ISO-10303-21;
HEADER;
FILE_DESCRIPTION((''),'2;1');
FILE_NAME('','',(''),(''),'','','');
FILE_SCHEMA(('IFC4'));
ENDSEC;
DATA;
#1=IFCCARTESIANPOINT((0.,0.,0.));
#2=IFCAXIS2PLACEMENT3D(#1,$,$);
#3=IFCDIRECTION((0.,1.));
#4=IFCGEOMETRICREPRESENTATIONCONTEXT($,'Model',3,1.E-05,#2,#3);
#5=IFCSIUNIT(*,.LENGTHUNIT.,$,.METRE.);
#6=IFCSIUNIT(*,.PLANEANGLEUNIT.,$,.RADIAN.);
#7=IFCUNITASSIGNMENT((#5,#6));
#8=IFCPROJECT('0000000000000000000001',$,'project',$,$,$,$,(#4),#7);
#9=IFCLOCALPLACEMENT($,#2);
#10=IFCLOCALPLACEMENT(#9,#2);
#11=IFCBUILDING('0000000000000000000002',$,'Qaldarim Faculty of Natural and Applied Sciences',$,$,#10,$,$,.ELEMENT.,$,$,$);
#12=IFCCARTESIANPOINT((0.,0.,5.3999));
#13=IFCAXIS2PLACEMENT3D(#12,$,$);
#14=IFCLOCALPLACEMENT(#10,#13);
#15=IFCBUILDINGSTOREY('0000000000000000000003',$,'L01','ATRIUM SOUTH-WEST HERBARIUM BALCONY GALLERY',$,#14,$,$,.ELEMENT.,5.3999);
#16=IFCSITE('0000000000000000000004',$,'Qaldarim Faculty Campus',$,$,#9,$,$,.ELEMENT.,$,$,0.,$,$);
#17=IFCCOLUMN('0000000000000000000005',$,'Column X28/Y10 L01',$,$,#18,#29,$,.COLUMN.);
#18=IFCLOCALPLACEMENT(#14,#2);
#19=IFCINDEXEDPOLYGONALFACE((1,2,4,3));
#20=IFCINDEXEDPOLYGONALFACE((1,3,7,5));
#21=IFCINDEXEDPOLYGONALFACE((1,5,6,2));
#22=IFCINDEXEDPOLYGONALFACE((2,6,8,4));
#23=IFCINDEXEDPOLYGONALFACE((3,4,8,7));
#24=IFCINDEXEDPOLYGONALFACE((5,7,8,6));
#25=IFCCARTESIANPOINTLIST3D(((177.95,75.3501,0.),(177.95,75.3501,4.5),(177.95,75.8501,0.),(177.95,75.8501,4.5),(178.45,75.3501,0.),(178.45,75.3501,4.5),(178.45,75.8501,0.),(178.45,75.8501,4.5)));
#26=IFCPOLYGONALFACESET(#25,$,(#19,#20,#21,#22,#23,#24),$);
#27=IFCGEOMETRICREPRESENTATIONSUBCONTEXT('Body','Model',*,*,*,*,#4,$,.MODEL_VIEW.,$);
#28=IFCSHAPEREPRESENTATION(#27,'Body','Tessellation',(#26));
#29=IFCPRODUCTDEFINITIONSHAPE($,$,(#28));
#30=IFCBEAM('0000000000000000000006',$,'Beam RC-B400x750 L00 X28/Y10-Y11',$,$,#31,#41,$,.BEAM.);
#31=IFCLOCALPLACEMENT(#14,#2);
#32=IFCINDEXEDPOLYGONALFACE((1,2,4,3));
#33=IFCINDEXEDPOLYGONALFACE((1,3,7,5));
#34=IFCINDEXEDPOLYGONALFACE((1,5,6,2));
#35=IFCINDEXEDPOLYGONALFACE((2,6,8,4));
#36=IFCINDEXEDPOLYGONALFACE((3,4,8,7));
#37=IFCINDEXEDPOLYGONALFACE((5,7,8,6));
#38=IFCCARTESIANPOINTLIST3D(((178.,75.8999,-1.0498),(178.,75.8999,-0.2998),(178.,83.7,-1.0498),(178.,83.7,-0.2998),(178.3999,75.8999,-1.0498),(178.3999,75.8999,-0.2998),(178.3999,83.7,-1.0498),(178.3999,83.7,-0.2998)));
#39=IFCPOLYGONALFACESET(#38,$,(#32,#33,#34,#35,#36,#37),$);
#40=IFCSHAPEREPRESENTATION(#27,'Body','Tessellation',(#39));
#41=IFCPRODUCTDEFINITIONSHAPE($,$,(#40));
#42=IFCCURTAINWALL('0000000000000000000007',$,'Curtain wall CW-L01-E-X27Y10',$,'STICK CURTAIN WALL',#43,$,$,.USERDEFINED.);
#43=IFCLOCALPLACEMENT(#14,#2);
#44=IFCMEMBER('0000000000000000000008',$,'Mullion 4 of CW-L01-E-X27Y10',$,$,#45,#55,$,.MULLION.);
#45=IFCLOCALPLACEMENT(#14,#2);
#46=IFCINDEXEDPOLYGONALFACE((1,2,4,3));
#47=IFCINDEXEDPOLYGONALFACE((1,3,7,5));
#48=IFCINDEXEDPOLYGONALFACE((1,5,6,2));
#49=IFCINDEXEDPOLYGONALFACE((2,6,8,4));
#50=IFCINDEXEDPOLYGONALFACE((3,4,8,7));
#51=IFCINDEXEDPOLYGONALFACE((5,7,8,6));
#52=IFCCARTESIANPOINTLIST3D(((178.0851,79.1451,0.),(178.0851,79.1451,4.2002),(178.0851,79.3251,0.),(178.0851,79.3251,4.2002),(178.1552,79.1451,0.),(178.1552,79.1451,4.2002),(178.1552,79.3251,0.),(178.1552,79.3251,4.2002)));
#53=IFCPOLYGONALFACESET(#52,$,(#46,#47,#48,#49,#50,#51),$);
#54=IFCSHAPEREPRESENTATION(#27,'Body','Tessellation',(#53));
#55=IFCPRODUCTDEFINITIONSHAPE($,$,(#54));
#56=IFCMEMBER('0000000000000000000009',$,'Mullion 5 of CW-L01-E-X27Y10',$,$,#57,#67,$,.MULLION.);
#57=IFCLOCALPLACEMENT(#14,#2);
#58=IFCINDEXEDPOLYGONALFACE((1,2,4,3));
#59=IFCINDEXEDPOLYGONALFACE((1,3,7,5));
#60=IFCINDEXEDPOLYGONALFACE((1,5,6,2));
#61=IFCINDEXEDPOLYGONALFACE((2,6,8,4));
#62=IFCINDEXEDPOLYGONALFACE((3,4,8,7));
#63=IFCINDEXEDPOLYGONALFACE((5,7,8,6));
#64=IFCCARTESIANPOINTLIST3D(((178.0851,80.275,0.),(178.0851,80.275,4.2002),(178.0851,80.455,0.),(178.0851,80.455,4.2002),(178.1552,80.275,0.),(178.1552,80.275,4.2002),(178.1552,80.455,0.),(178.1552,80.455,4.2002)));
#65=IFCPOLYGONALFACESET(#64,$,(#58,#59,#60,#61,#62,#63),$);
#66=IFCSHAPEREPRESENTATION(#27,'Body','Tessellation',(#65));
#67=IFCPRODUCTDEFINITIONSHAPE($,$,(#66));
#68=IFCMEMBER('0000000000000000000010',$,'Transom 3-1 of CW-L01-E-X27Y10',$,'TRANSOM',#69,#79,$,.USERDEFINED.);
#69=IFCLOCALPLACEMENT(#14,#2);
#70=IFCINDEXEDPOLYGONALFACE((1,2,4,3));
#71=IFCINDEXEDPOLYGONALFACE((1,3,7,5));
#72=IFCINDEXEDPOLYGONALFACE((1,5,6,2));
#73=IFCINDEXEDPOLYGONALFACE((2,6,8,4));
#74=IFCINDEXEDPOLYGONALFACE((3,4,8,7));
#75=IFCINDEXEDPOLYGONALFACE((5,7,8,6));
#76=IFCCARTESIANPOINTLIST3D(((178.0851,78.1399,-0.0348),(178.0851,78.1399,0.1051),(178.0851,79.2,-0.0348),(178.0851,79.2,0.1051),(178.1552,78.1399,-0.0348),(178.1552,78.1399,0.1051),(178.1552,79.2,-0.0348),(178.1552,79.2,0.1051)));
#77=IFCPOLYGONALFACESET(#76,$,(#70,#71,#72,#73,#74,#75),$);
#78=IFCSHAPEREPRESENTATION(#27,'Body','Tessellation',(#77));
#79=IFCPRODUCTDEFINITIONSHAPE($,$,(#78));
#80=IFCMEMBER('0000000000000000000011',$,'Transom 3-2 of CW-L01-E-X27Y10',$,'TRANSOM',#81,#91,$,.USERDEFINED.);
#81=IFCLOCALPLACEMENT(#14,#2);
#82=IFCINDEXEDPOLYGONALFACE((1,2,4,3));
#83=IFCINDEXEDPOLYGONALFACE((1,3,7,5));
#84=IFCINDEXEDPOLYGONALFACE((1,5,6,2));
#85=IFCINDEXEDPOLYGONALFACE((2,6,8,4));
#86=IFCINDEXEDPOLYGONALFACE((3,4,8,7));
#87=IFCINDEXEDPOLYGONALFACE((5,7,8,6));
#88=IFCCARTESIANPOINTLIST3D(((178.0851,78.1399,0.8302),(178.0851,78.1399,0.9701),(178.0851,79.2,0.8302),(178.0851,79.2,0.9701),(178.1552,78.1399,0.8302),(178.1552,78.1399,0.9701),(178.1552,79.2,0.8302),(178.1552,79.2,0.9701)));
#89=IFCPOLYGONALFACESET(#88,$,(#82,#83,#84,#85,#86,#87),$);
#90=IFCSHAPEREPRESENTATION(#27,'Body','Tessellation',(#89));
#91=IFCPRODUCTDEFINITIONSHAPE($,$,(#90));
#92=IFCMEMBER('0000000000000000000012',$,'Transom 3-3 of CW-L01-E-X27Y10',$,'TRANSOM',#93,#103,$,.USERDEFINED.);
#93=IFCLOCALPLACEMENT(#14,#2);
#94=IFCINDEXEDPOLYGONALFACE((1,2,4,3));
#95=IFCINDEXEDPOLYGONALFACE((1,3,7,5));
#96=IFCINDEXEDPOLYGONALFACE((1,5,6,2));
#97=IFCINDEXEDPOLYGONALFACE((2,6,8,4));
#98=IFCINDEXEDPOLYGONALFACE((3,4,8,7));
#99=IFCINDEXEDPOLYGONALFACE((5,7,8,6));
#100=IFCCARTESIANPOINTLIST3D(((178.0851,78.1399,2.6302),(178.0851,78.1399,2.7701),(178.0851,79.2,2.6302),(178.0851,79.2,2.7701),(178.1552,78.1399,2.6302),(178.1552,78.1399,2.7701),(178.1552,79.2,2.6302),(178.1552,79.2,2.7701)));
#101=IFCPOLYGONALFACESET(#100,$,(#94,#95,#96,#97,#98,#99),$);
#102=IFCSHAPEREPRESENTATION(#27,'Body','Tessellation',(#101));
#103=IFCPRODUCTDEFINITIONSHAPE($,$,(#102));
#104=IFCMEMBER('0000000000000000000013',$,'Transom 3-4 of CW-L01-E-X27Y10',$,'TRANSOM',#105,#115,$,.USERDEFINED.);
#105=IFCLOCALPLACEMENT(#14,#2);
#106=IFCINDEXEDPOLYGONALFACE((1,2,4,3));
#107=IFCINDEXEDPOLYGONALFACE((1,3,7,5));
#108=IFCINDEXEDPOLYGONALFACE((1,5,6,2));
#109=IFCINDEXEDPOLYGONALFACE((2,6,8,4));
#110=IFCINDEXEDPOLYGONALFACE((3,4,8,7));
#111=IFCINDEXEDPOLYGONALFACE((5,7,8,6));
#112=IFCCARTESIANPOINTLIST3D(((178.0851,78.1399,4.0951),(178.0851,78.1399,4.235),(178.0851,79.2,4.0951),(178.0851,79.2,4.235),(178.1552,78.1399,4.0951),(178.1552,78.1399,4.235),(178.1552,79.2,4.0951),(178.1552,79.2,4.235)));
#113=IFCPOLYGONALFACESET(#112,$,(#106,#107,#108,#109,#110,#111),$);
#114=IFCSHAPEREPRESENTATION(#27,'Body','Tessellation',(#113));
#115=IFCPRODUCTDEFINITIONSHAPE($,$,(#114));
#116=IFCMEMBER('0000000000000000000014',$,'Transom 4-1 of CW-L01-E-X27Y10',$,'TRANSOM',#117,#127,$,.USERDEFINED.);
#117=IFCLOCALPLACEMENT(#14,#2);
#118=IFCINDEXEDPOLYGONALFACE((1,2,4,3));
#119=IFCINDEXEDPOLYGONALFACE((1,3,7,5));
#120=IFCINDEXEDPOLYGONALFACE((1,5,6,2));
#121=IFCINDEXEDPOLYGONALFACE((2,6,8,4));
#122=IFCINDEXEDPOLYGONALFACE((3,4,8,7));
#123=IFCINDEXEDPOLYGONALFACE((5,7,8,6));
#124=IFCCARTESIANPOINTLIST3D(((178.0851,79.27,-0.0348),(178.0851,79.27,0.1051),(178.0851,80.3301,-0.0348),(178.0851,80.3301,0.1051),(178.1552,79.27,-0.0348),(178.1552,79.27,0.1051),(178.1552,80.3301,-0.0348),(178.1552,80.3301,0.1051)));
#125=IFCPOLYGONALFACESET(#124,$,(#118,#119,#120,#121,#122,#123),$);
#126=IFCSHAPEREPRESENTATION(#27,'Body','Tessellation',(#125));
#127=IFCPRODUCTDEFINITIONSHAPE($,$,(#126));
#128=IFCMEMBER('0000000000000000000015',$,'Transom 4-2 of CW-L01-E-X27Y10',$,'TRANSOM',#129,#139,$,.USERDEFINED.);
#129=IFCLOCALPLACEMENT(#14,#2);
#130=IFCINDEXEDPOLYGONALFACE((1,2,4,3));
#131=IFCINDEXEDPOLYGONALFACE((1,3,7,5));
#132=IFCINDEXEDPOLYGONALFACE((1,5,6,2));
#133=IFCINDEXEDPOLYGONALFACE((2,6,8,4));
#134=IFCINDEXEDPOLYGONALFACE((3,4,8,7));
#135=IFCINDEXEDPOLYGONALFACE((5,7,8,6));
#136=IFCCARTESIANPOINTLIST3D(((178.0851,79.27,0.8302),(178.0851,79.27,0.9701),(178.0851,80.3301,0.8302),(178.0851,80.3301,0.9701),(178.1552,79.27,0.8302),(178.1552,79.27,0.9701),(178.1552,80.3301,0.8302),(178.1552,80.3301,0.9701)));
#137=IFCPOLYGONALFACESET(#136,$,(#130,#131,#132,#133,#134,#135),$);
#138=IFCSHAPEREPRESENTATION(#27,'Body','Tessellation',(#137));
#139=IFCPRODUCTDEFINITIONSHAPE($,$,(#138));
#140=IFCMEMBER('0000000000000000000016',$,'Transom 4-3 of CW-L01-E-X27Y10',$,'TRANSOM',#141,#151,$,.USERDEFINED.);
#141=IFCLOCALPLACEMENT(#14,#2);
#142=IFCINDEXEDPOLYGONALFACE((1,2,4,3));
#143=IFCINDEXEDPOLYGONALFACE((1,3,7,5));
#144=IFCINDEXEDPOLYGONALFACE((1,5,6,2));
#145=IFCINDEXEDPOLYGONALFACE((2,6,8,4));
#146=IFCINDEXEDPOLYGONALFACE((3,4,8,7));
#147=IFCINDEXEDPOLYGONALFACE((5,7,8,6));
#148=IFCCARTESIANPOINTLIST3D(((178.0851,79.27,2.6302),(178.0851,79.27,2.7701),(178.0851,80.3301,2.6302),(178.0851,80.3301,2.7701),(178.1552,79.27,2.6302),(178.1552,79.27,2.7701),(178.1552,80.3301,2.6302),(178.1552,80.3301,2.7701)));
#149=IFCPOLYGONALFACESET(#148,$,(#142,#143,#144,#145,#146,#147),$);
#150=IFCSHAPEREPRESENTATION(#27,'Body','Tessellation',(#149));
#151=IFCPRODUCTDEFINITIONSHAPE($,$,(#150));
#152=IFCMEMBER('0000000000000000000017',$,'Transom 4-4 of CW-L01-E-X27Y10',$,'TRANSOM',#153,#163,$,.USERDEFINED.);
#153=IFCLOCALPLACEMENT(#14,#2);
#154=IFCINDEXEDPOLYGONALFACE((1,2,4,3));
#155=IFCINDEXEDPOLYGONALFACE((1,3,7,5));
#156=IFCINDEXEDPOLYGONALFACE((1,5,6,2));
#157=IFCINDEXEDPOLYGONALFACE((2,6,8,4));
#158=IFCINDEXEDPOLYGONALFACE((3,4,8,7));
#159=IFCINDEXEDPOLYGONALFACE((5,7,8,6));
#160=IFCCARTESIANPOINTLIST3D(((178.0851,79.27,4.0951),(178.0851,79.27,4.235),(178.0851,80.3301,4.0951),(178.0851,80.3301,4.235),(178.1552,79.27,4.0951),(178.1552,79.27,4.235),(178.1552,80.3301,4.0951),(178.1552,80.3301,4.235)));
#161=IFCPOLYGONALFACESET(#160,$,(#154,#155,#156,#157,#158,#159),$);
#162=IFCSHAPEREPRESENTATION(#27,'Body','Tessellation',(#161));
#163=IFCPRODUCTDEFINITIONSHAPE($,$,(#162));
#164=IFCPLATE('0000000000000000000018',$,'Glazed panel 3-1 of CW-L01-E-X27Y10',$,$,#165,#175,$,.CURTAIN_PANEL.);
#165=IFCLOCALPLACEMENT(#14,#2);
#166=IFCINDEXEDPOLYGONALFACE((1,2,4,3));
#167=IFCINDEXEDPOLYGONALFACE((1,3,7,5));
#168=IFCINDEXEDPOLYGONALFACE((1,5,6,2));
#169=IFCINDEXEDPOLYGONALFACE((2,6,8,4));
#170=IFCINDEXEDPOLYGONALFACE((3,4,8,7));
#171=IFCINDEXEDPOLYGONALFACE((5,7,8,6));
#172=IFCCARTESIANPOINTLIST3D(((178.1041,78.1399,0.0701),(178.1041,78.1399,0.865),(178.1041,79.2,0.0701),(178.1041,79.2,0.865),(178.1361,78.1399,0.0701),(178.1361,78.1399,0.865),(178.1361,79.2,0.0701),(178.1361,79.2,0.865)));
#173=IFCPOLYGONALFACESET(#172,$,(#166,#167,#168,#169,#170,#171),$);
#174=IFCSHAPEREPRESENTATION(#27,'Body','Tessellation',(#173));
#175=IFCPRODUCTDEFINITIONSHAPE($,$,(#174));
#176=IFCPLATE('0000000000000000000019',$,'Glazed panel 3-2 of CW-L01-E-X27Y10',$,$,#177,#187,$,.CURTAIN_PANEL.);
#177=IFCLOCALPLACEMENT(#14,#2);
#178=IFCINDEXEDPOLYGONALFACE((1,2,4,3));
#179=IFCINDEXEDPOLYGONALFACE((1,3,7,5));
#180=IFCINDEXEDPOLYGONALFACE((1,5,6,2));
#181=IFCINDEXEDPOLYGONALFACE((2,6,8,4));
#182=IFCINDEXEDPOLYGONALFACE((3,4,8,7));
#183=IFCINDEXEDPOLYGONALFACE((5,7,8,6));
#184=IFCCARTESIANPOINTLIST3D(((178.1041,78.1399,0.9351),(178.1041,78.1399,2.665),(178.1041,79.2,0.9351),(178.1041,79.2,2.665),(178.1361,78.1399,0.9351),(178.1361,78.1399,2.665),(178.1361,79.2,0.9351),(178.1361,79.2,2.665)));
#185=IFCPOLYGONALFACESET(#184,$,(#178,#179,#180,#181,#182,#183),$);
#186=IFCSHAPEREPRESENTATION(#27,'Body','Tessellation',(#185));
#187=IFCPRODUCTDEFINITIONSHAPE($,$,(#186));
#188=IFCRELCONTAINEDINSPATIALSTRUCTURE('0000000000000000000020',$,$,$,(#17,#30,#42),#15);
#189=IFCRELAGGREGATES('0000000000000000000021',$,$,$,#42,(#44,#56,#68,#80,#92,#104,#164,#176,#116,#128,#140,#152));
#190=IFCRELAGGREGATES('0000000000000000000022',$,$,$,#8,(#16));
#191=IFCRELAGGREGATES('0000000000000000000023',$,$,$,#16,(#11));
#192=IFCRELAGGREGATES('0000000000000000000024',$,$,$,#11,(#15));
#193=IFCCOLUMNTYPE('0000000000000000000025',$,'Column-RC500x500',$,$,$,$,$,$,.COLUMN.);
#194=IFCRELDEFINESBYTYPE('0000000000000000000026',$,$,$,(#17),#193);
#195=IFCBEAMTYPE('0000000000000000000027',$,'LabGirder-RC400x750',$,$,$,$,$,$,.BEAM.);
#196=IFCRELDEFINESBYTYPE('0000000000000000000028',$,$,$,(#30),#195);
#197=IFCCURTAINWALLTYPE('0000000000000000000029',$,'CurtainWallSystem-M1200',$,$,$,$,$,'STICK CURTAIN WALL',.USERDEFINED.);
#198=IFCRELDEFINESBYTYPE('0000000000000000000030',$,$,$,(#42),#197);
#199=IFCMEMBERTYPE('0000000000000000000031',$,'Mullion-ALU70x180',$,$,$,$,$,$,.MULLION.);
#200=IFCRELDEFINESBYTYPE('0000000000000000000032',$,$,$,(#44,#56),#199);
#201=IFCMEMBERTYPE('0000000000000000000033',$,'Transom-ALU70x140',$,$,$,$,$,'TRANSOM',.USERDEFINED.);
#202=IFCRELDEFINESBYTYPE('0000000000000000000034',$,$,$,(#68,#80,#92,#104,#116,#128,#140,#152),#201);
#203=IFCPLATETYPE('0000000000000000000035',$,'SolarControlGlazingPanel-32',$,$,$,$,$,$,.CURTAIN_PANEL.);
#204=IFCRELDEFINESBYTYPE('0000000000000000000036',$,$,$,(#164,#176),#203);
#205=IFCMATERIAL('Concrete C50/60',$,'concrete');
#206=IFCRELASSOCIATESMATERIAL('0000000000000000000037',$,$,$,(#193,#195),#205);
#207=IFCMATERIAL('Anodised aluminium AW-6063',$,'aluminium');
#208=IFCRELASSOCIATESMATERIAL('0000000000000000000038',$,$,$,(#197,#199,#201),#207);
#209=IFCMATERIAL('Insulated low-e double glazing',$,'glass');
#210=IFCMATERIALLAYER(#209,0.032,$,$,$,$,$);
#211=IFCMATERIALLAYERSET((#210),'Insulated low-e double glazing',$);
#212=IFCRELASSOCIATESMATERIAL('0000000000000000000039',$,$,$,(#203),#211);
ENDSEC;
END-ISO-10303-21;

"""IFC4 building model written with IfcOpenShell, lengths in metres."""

from ifc_helpers import new_model, si_unit, direction, frame, origin, origin_2d, place, context, subcontext, project, spatial, rectangle, extrude, material, layer, layer_set, material_profile, profile_set, type_object, element, aggregate, save


model = new_model("IFC4")

# Units and contexts
model_context = context("Model", 3, precision=1e-05, world=origin(), true_north=direction((0.0, 1.0)))
body_context = subcontext(model_context, "Body", "Model", "MODEL_VIEW")
ifc_project = project(units=[si_unit("LENGTHUNIT", "METRE"), si_unit("PLANEANGLEUNIT", "RADIAN")], contexts=[model_context])

# Site, building, storey
site_placement = place(None, origin())
site = spatial("IfcSite", under=ifc_project, at=site_placement, Name="Qaldarim Faculty Campus", CompositionType="ELEMENT", RefElevation=0.0)
building_placement = place(site_placement, origin())
building = spatial("IfcBuilding", under=site, at=building_placement, Name="Qaldarim Faculty of Natural and Applied Sciences", CompositionType="ELEMENT")
storey_placement = place(building_placement, frame((0.0, 0.0, 5.3999)))
storey = spatial("IfcBuildingStorey", under=building, at=storey_placement, Name="L01", Description="ATRIUM SOUTH-WEST HERBARIUM BALCONY GALLERY", CompositionType="ELEMENT", Elevation=5.3999)

# Column
ifc_material_1 = material(Name="Concrete C50/60", Category="concrete")
ifc_material_profile_1 = material_profile(ifc_material_1, rectangle(XDim=0.5, YDim=0.5, at=origin_2d()), Name="RC-C500x500")
ifc_profile_set_1 = profile_set([ifc_material_profile_1], Name="Concrete C50/60")
column_type = type_object("IfcColumnType", Name="Column-RC500x500", PredefinedType="COLUMN", material=ifc_profile_set_1)
column_placement = place(storey_placement, frame((178.2, 75.6001, 0.0), z_axis=(0.0, 0.0, 1.0), x_axis=(1.0, 0.0, 0.0)))
element("IfcColumn", 1, at=column_placement, inside=storey, type_object=column_type, Name="Column X28/Y10 L01", PredefinedType="COLUMN", context=body_context, shape_type="SweptSolid", body=[
    extrude(rectangle(XDim=0.5, YDim=0.5, at=origin_2d()), origin(), (0.0, 0.0, 1.0), 4.5),
])

# Beam
ifc_material_profile_2 = material_profile(ifc_material_1, rectangle(XDim=0.3999, YDim=0.75, at=origin_2d()), Name="RC-B400x750")
ifc_profile_set_2 = profile_set([ifc_material_profile_2], Name="Concrete C50/60")
beam_type = type_object("IfcBeamType", Name="LabGirder-RC400x750", PredefinedType="BEAM", material=ifc_profile_set_2)
beam_placement = place(storey_placement, frame((178.2, 75.8999, -0.6748), z_axis=(0.0, 1.0, 0.0), x_axis=(-1.0, 0.0, 0.0)))
element("IfcBeam", 2, at=beam_placement, inside=storey, type_object=beam_type, Name="Beam RC-B400x750 L00 X28/Y10-Y11", PredefinedType="BEAM", context=body_context, shape_type="SweptSolid", body=[
    extrude(rectangle(XDim=0.3999, YDim=0.75, at=origin_2d()), origin(), (0.0, 0.0, 1.0), 7.8),
])

# Curtain wall, members, plates
ifc_material_2 = material(Name="Anodised aluminium AW-6063", Category="aluminium")
curtain_wall_type = type_object("IfcCurtainWallType", Name="CurtainWallSystem-M1200", ElementType="STICK CURTAIN WALL", PredefinedType="USERDEFINED", material=ifc_material_2)
curtain_wall_placement = place(storey_placement, origin())
curtain_wall = element("IfcCurtainWall", 3, at=curtain_wall_placement, inside=storey, type_object=curtain_wall_type, Name="Curtain wall CW-L01-E-X27Y10", ObjectType="STICK CURTAIN WALL", PredefinedType="USERDEFINED")
ifc_material_profile_3 = material_profile(ifc_material_2, rectangle(XDim=0.0701, YDim=0.1799, at=origin_2d()), Name="ALU-M70x180")
ifc_profile_set_3 = profile_set([ifc_material_profile_3], Name="Anodised aluminium AW-6063")
member_type_1 = type_object("IfcMemberType", Name="Mullion-ALU70x180", PredefinedType="MULLION", material=ifc_profile_set_3)
member_1_placement = place(storey_placement, frame((178.1201, 79.2351, 0.0), z_axis=(0.0, 0.0, 1.0), x_axis=(-1.0, 0.0, 0.0)))
member_1 = element("IfcMember", 4, at=member_1_placement, type_object=member_type_1, Name="Mullion 4 of CW-L01-E-X27Y10", PredefinedType="MULLION", context=body_context, shape_type="SweptSolid", body=[
    extrude(rectangle(XDim=0.0701, YDim=0.1799, at=origin_2d()), origin(), (0.0, 0.0, 1.0), 4.2002),
])
member_2_placement = place(storey_placement, frame((178.1201, 80.365, 0.0), z_axis=(0.0, 0.0, 1.0), x_axis=(-1.0, 0.0, 0.0)))
member_2 = element("IfcMember", 5, at=member_2_placement, type_object=member_type_1, Name="Mullion 5 of CW-L01-E-X27Y10", PredefinedType="MULLION", context=body_context, shape_type="SweptSolid", body=[
    extrude(rectangle(XDim=0.0701, YDim=0.1799, at=origin_2d()), origin(), (0.0, 0.0, 1.0), 4.2002),
])
ifc_material_profile_4 = material_profile(ifc_material_2, rectangle(XDim=0.0701, YDim=0.1399, at=origin_2d()), Name="ALU-T70x140")
ifc_profile_set_4 = profile_set([ifc_material_profile_4], Name="Anodised aluminium AW-6063")
member_type_2 = type_object("IfcMemberType", Name="Transom-ALU70x140", ElementType="TRANSOM", PredefinedType="USERDEFINED", material=ifc_profile_set_4)
member_3_placement = place(storey_placement, frame((178.1201, 78.1399, 0.0352), z_axis=(0.0, 1.0, 0.0), x_axis=(-1.0, 0.0, 0.0)))
member_3 = element("IfcMember", 6, at=member_3_placement, type_object=member_type_2, Name="Transom 3-1 of CW-L01-E-X27Y10", ObjectType="TRANSOM", PredefinedType="USERDEFINED", context=body_context, shape_type="SweptSolid", body=[
    extrude(rectangle(XDim=0.0701, YDim=0.1399, at=origin_2d()), origin(), (0.0, 0.0, 1.0), 1.0601),
])
member_4_placement = place(storey_placement, frame((178.1201, 78.1399, 0.9001), z_axis=(0.0, 1.0, 0.0), x_axis=(-1.0, 0.0, 0.0)))
member_4 = element("IfcMember", 7, at=member_4_placement, type_object=member_type_2, Name="Transom 3-2 of CW-L01-E-X27Y10", ObjectType="TRANSOM", PredefinedType="USERDEFINED", context=body_context, shape_type="SweptSolid", body=[
    extrude(rectangle(XDim=0.0701, YDim=0.1399, at=origin_2d()), origin(), (0.0, 0.0, 1.0), 1.0601),
])
member_5_placement = place(storey_placement, frame((178.1201, 78.1399, 2.7002), z_axis=(0.0, 1.0, 0.0), x_axis=(-1.0, 0.0, 0.0)))
member_5 = element("IfcMember", 8, at=member_5_placement, type_object=member_type_2, Name="Transom 3-3 of CW-L01-E-X27Y10", ObjectType="TRANSOM", PredefinedType="USERDEFINED", context=body_context, shape_type="SweptSolid", body=[
    extrude(rectangle(XDim=0.0701, YDim=0.1399, at=origin_2d()), origin(), (0.0, 0.0, 1.0), 1.0601),
])
member_6_placement = place(storey_placement, frame((178.1201, 78.1399, 4.165), z_axis=(0.0, 1.0, 0.0), x_axis=(-1.0, 0.0, 0.0)))
member_6 = element("IfcMember", 9, at=member_6_placement, type_object=member_type_2, Name="Transom 3-4 of CW-L01-E-X27Y10", ObjectType="TRANSOM", PredefinedType="USERDEFINED", context=body_context, shape_type="SweptSolid", body=[
    extrude(rectangle(XDim=0.0701, YDim=0.1399, at=origin_2d()), origin(), (0.0, 0.0, 1.0), 1.0601),
])
member_7_placement = place(storey_placement, frame((178.1201, 79.27, 0.0352), z_axis=(0.0, 1.0, 0.0), x_axis=(-1.0, 0.0, 0.0)))
member_7 = element("IfcMember", 10, at=member_7_placement, type_object=member_type_2, Name="Transom 4-1 of CW-L01-E-X27Y10", ObjectType="TRANSOM", PredefinedType="USERDEFINED", context=body_context, shape_type="SweptSolid", body=[
    extrude(rectangle(XDim=0.0701, YDim=0.1399, at=origin_2d()), origin(), (0.0, 0.0, 1.0), 1.0601),
])
member_8_placement = place(storey_placement, frame((178.1201, 79.27, 0.9001), z_axis=(0.0, 1.0, 0.0), x_axis=(-1.0, 0.0, 0.0)))
member_8 = element("IfcMember", 11, at=member_8_placement, type_object=member_type_2, Name="Transom 4-2 of CW-L01-E-X27Y10", ObjectType="TRANSOM", PredefinedType="USERDEFINED", context=body_context, shape_type="SweptSolid", body=[
    extrude(rectangle(XDim=0.0701, YDim=0.1399, at=origin_2d()), origin(), (0.0, 0.0, 1.0), 1.0601),
])
member_9_placement = place(storey_placement, frame((178.1201, 79.27, 2.7002), z_axis=(0.0, 1.0, 0.0), x_axis=(-1.0, 0.0, 0.0)))
member_9 = element("IfcMember", 12, at=member_9_placement, type_object=member_type_2, Name="Transom 4-3 of CW-L01-E-X27Y10", ObjectType="TRANSOM", PredefinedType="USERDEFINED", context=body_context, shape_type="SweptSolid", body=[
    extrude(rectangle(XDim=0.0701, YDim=0.1399, at=origin_2d()), origin(), (0.0, 0.0, 1.0), 1.0601),
])
member_10_placement = place(storey_placement, frame((178.1201, 79.27, 4.165), z_axis=(0.0, 1.0, 0.0), x_axis=(-1.0, 0.0, 0.0)))
member_10 = element("IfcMember", 13, at=member_10_placement, type_object=member_type_2, Name="Transom 4-4 of CW-L01-E-X27Y10", ObjectType="TRANSOM", PredefinedType="USERDEFINED", context=body_context, shape_type="SweptSolid", body=[
    extrude(rectangle(XDim=0.0701, YDim=0.1399, at=origin_2d()), origin(), (0.0, 0.0, 1.0), 1.0601),
])
ifc_material_3 = material(Name="Insulated low-e double glazing", Category="glass")
ifc_layer_1 = layer(ifc_material_3, 0.032)
ifc_layer_set_1 = layer_set([ifc_layer_1], Name="Insulated low-e double glazing")
plate_type = type_object("IfcPlateType", Name="SolarControlGlazingPanel-32", PredefinedType="CURTAIN_PANEL", material=ifc_layer_set_1)
plate_1_placement = place(storey_placement, frame((178.1201, 78.6699, 0.0701), z_axis=(0.0, 0.0, 1.0), x_axis=(0.0, 1.0, 0.0)))
plate_1 = element("IfcPlate", 14, at=plate_1_placement, type_object=plate_type, Name="Glazed panel 3-1 of CW-L01-E-X27Y10", PredefinedType="CURTAIN_PANEL", context=body_context, shape_type="SweptSolid", body=[
    extrude(rectangle(XDim=1.0601, YDim=0.032, at=origin_2d()), origin(), (0.0, 0.0, 1.0), 0.7949),
])
plate_2_placement = place(storey_placement, frame((178.1201, 78.6699, 0.9351), z_axis=(0.0, 0.0, 1.0), x_axis=(0.0, 1.0, 0.0)))
plate_2 = element("IfcPlate", 15, at=plate_2_placement, type_object=plate_type, Name="Glazed panel 3-2 of CW-L01-E-X27Y10", PredefinedType="CURTAIN_PANEL", context=body_context, shape_type="SweptSolid", body=[
    extrude(rectangle(XDim=1.0601, YDim=0.032, at=origin_2d()), origin(), (0.0, 0.0, 1.0), 1.73),
])
aggregate(curtain_wall, [member_1, member_2, member_3, member_4, member_5, member_6, plate_1, plate_2, member_7, member_8, member_9, member_10])

save(model, "model.ifc")
